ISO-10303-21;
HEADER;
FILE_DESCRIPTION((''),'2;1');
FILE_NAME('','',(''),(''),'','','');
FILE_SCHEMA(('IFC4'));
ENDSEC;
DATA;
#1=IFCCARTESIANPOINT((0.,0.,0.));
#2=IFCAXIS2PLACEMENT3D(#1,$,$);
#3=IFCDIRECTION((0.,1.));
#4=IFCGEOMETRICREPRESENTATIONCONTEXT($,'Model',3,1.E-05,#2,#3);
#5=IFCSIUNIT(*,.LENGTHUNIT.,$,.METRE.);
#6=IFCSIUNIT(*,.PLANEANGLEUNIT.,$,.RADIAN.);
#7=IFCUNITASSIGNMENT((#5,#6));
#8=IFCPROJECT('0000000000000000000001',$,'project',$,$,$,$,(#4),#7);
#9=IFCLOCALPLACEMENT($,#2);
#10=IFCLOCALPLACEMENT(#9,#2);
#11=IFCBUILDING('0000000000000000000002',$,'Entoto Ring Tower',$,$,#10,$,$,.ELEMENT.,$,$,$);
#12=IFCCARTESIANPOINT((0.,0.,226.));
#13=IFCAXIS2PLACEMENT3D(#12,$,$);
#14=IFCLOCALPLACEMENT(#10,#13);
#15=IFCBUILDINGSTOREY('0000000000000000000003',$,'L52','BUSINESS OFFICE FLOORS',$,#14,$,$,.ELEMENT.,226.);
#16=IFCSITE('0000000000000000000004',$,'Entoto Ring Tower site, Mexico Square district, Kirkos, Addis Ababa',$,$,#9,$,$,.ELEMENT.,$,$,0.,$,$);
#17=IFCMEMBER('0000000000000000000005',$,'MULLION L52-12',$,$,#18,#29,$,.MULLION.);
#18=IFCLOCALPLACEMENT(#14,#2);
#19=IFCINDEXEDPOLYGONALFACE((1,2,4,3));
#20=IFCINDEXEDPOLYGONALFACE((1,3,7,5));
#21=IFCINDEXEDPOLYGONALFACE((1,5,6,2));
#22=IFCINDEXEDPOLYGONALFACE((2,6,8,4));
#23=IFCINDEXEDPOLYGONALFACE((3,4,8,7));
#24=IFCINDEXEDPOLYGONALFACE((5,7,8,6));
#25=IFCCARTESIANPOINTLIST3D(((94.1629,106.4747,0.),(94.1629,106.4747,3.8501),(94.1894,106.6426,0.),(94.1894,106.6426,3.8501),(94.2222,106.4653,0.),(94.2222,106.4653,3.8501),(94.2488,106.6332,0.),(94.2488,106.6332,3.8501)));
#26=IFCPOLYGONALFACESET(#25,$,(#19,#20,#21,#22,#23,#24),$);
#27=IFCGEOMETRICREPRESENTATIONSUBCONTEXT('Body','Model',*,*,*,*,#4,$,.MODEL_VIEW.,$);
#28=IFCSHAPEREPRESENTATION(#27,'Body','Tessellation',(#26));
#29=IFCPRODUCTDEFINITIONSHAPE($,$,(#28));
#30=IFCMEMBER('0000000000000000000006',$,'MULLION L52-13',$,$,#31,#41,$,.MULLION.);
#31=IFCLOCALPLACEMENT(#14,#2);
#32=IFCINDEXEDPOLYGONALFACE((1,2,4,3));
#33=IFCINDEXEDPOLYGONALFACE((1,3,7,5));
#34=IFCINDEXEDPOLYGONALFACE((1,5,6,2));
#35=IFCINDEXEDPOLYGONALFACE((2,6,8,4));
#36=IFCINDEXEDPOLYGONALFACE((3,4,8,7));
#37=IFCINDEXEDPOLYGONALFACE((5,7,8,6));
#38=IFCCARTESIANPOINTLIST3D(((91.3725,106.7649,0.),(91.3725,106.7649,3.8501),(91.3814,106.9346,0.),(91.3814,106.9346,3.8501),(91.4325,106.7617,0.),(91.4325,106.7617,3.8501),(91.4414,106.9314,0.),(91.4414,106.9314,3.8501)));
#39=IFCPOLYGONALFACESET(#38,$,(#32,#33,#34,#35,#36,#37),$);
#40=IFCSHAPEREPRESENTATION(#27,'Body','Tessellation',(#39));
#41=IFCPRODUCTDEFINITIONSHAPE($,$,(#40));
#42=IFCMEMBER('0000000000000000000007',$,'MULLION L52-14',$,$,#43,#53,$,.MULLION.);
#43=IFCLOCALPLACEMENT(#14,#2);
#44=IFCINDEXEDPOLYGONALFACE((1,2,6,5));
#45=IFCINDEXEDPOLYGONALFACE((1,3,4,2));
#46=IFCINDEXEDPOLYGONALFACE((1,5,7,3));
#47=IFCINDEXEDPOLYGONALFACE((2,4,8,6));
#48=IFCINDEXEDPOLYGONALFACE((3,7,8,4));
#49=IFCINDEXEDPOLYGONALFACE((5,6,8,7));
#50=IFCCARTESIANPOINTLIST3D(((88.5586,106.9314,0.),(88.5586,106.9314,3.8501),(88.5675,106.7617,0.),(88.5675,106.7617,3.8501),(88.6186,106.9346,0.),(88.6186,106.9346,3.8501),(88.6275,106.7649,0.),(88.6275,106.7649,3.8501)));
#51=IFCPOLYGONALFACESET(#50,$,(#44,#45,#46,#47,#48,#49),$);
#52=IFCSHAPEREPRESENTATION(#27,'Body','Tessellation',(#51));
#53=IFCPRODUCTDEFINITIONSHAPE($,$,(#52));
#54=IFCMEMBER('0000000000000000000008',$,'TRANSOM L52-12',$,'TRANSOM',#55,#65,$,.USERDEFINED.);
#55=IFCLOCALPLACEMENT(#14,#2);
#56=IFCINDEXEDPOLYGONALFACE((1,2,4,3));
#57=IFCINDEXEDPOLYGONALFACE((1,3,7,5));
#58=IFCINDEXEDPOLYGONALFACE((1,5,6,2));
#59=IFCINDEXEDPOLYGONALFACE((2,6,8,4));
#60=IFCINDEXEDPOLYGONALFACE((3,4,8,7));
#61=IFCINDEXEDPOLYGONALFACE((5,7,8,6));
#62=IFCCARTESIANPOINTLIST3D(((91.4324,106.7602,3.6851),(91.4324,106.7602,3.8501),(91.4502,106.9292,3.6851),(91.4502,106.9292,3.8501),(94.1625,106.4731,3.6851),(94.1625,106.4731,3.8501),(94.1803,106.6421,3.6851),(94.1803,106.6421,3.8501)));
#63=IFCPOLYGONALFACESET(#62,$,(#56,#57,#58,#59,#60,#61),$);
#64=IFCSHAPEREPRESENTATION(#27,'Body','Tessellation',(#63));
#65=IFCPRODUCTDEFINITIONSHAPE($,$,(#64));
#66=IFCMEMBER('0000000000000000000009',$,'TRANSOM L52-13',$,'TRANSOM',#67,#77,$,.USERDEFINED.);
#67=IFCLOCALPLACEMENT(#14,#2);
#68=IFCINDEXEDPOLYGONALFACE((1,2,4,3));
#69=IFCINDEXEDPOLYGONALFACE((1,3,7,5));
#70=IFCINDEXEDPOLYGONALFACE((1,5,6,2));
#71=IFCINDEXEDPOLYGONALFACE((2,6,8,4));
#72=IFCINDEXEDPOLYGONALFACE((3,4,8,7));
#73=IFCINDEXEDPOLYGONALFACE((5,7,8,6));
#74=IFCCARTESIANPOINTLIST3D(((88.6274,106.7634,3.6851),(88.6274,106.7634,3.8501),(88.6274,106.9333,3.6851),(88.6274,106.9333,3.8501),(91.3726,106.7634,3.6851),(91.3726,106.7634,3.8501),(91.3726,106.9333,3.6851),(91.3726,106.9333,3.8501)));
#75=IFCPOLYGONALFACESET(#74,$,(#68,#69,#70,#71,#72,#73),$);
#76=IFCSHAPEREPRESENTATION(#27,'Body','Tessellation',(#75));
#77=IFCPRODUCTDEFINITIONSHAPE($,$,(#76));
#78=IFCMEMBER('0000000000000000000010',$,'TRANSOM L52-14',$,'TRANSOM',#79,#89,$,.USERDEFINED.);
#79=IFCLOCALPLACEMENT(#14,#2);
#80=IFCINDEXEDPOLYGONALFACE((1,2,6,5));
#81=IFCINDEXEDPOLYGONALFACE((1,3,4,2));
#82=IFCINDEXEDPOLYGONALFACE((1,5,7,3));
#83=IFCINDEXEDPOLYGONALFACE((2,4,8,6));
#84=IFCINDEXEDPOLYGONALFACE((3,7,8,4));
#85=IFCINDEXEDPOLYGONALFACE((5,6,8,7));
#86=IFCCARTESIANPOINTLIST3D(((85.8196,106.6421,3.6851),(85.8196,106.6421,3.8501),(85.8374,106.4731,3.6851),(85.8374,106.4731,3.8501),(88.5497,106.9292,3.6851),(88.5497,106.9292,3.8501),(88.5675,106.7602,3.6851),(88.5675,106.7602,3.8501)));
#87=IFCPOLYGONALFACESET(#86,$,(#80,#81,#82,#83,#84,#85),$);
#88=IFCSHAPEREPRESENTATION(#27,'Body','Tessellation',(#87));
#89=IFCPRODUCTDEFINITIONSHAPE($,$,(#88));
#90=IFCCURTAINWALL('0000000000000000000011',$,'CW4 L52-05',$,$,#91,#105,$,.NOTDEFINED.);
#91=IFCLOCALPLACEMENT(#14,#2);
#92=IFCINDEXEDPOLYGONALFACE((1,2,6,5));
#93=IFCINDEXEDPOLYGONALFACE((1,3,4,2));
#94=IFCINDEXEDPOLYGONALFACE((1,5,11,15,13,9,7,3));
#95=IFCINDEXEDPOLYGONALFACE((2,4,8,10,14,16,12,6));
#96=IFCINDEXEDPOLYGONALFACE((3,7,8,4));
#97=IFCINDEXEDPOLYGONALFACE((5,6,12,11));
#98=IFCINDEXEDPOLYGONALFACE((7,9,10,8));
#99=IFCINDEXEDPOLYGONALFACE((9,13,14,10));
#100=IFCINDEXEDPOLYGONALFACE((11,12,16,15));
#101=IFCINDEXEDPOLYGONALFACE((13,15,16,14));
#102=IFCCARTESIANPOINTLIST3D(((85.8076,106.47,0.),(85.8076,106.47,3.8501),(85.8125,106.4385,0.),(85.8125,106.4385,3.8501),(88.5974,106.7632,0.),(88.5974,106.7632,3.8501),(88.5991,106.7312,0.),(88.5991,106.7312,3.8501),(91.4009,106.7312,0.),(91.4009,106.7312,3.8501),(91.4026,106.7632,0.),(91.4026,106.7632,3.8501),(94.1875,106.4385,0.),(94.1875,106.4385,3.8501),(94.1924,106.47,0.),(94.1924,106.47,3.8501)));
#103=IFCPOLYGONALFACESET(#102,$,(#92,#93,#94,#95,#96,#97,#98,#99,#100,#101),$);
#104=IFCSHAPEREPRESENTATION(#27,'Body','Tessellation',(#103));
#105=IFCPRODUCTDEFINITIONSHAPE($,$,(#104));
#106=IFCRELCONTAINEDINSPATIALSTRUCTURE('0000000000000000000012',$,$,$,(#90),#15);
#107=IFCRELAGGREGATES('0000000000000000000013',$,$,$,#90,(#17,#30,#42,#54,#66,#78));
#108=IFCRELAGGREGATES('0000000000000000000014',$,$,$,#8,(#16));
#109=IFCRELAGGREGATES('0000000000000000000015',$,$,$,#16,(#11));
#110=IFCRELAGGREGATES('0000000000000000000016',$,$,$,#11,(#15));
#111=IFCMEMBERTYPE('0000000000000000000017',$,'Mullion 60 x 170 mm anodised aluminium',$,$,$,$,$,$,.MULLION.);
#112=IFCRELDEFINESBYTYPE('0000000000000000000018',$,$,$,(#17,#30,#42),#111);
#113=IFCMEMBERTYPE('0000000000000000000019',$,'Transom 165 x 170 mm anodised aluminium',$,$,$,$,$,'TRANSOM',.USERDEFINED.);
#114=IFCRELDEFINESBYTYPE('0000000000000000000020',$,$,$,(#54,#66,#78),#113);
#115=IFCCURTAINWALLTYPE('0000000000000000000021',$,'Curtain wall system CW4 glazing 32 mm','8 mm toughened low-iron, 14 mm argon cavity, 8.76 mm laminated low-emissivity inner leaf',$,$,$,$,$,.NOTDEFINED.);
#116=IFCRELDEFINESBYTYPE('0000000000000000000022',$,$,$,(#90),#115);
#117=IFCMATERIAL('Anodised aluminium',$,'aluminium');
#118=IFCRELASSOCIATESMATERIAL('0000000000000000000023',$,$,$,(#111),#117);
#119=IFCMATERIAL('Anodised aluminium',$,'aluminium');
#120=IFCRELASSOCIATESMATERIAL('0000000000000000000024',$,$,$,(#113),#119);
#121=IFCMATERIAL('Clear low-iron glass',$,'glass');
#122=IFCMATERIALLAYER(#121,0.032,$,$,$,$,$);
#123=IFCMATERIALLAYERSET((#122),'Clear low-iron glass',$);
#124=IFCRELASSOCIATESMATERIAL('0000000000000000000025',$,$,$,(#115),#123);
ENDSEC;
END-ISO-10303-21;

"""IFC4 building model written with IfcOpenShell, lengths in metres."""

from ifc_helpers import new_model, si_unit, direction, frame, origin, origin_2d, place, context, subcontext, project, spatial, polyline, rectangle, outline, extrude, material, layer, layer_set, material_profile, profile_set, type_object, element, aggregate, save


model = new_model("IFC4")

# Units and contexts
model_context = context("Model", 3, precision=1e-05, world=origin(), true_north=direction((0.0, 1.0)))
body_context = subcontext(model_context, "Body", "Model", "MODEL_VIEW")
ifc_project = project(units=[si_unit("LENGTHUNIT", "METRE"), si_unit("PLANEANGLEUNIT", "RADIAN")], contexts=[model_context])

# Members
ifc_material_1 = material(Name="Anodised aluminium", Category="aluminium")
ifc_material_profile_1 = material_profile(ifc_material_1, rectangle(XDim=0.0601, YDim=0.1699, at=origin_2d()), Name="Mullion 60 x 170 mm anodised aluminium")
ifc_profile_set_1 = profile_set([ifc_material_profile_1], Name="Anodised aluminium")
member_type_1 = type_object("IfcMemberType", Name="Mullion 60 x 170 mm anodised aluminium", PredefinedType="MULLION", material=ifc_profile_set_1)
site_placement = place(None, origin())
building_placement = place(site_placement, origin())
storey_placement = place(building_placement, frame((0.0, 0.0, 226.0)))
member_1_placement = place(storey_placement, frame((94.2058, 106.554, 0.0), z_axis=(0.0, 0.0, 1.0), x_axis=(-0.987688, 0.156434, 0.0)))
member_1 = element("IfcMember", 1, at=member_1_placement, type_object=member_type_1, Name="MULLION L52-12", PredefinedType="MULLION", context=body_context, shape_type="SweptSolid", body=[
    extrude(rectangle(XDim=0.0601, YDim=0.1699, at=origin_2d()), origin(), (0.0, 0.0, 1.0), 3.8501),
])
member_2_placement = place(storey_placement, frame((91.407, 106.8481, 0.0), z_axis=(0.0, 0.0, 1.0), x_axis=(-0.99863, 0.052336, 0.0)))
member_2 = element("IfcMember", 2, at=member_2_placement, type_object=member_type_1, Name="MULLION L52-13", PredefinedType="MULLION", context=body_context, shape_type="SweptSolid", body=[
    extrude(rectangle(XDim=0.0601, YDim=0.1699, at=origin_2d()), origin(), (0.0, 0.0, 1.0), 3.8501),
])
member_3_placement = place(storey_placement, frame((88.593, 106.8481, 0.0), z_axis=(0.0, 0.0, 1.0), x_axis=(-0.99863, -0.052336, 0.0)))
member_3 = element("IfcMember", 3, at=member_3_placement, type_object=member_type_1, Name="MULLION L52-14", PredefinedType="MULLION", context=body_context, shape_type="SweptSolid", body=[
    extrude(rectangle(XDim=0.0601, YDim=0.1699, at=origin_2d()), origin(), (0.0, 0.0, 1.0), 3.8501),
])
ifc_material_2 = material(Name="Anodised aluminium", Category="aluminium")
ifc_material_profile_2 = material_profile(ifc_material_2, rectangle(XDim=0.1699, YDim=0.165, at=origin_2d()), Name="Transom 165 x 170 mm anodised aluminium")
ifc_profile_set_2 = profile_set([ifc_material_profile_2], Name="Anodised aluminium")
member_type_2 = type_object("IfcMemberType", Name="Transom 165 x 170 mm anodised aluminium", ElementType="TRANSOM", PredefinedType="USERDEFINED", material=ifc_profile_set_2)
member_4_placement = place(storey_placement, frame((94.1714, 106.5576, 3.7676), z_axis=(-0.994515, 0.104592, 0.0), x_axis=(-0.104592, -0.994515, 0.0)))
member_4 = element("IfcMember", 4, at=member_4_placement, type_object=member_type_2, Name="TRANSOM L52-12", ObjectType="TRANSOM", PredefinedType="USERDEFINED", context=body_context, shape_type="SweptSolid", body=[
    extrude(rectangle(XDim=0.1699, YDim=0.165, at=origin_2d()), origin(), (0.0, 0.0, 1.0), 2.7451),
])
member_5_placement = place(storey_placement, frame((91.3726, 106.8484, 3.7676), z_axis=(-1.0, 0.0, 0.0), x_axis=(0.0, -1.0, 0.0)))
member_5 = element("IfcMember", 5, at=member_5_placement, type_object=member_type_2, Name="TRANSOM L52-13", ObjectType="TRANSOM", PredefinedType="USERDEFINED", context=body_context, shape_type="SweptSolid", body=[
    extrude(rectangle(XDim=0.1699, YDim=0.165, at=origin_2d()), origin(), (0.0, 0.0, 1.0), 2.7451),
])
member_6_placement = place(storey_placement, frame((88.5586, 106.8447, 3.7676), z_axis=(-0.994515, -0.104592, 0.0), x_axis=(0.104592, -0.994515, 0.0)))
member_6 = element("IfcMember", 6, at=member_6_placement, type_object=member_type_2, Name="TRANSOM L52-14", ObjectType="TRANSOM", PredefinedType="USERDEFINED", context=body_context, shape_type="SweptSolid", body=[
    extrude(rectangle(XDim=0.1699, YDim=0.165, at=origin_2d()), origin(), (0.0, 0.0, 1.0), 2.7451),
])

# Site, building, storey
site = spatial("IfcSite", under=ifc_project, at=site_placement, Name="Entoto Ring Tower site, Mexico Square district, Kirkos, Addis Ababa", CompositionType="ELEMENT", RefElevation=0.0)
building = spatial("IfcBuilding", under=site, at=building_placement, Name="Entoto Ring Tower", CompositionType="ELEMENT")
storey = spatial("IfcBuildingStorey", under=building, at=storey_placement, Name="L52", Description="BUSINESS OFFICE FLOORS", CompositionType="ELEMENT", Elevation=226.0)

# Curtain wall
ifc_material_3 = material(Name="Clear low-iron glass", Category="glass")
ifc_layer = layer(ifc_material_3, 0.032)
ifc_layer_set = layer_set([ifc_layer], Name="Clear low-iron glass")
curtain_wall_type = type_object("IfcCurtainWallType", Name="Curtain wall system CW4 glazing 32 mm", Description="8 mm toughened low-iron, 14 mm argon cavity, 8.76 mm laminated low-emissivity inner leaf", PredefinedType="NOTDEFINED", material=ifc_layer_set)
curtain_wall_1_placement = place(storey_placement, origin())
curtain_wall_1 = element("IfcCurtainWall", 7, at=curtain_wall_1_placement, inside=storey, type_object=curtain_wall_type, Name="CW4 L52-05", PredefinedType="NOTDEFINED", context=body_context, shape_type="SweptSolid", body=[
    extrude(outline(polyline([(94.1924, 106.47), (91.4026, 106.7632), (88.5974, 106.7632), (85.8076, 106.47), (85.8125, 106.4385), (88.5991, 106.7312), (91.4009, 106.7312), (94.1875, 106.4385), (94.1924, 106.47)])), origin(), (0.0, 0.0, 1.0), 3.8501),
])
aggregate(curtain_wall_1, [member_1, member_2, member_3, member_4, member_5, member_6])

save(model, "model.ifc")
